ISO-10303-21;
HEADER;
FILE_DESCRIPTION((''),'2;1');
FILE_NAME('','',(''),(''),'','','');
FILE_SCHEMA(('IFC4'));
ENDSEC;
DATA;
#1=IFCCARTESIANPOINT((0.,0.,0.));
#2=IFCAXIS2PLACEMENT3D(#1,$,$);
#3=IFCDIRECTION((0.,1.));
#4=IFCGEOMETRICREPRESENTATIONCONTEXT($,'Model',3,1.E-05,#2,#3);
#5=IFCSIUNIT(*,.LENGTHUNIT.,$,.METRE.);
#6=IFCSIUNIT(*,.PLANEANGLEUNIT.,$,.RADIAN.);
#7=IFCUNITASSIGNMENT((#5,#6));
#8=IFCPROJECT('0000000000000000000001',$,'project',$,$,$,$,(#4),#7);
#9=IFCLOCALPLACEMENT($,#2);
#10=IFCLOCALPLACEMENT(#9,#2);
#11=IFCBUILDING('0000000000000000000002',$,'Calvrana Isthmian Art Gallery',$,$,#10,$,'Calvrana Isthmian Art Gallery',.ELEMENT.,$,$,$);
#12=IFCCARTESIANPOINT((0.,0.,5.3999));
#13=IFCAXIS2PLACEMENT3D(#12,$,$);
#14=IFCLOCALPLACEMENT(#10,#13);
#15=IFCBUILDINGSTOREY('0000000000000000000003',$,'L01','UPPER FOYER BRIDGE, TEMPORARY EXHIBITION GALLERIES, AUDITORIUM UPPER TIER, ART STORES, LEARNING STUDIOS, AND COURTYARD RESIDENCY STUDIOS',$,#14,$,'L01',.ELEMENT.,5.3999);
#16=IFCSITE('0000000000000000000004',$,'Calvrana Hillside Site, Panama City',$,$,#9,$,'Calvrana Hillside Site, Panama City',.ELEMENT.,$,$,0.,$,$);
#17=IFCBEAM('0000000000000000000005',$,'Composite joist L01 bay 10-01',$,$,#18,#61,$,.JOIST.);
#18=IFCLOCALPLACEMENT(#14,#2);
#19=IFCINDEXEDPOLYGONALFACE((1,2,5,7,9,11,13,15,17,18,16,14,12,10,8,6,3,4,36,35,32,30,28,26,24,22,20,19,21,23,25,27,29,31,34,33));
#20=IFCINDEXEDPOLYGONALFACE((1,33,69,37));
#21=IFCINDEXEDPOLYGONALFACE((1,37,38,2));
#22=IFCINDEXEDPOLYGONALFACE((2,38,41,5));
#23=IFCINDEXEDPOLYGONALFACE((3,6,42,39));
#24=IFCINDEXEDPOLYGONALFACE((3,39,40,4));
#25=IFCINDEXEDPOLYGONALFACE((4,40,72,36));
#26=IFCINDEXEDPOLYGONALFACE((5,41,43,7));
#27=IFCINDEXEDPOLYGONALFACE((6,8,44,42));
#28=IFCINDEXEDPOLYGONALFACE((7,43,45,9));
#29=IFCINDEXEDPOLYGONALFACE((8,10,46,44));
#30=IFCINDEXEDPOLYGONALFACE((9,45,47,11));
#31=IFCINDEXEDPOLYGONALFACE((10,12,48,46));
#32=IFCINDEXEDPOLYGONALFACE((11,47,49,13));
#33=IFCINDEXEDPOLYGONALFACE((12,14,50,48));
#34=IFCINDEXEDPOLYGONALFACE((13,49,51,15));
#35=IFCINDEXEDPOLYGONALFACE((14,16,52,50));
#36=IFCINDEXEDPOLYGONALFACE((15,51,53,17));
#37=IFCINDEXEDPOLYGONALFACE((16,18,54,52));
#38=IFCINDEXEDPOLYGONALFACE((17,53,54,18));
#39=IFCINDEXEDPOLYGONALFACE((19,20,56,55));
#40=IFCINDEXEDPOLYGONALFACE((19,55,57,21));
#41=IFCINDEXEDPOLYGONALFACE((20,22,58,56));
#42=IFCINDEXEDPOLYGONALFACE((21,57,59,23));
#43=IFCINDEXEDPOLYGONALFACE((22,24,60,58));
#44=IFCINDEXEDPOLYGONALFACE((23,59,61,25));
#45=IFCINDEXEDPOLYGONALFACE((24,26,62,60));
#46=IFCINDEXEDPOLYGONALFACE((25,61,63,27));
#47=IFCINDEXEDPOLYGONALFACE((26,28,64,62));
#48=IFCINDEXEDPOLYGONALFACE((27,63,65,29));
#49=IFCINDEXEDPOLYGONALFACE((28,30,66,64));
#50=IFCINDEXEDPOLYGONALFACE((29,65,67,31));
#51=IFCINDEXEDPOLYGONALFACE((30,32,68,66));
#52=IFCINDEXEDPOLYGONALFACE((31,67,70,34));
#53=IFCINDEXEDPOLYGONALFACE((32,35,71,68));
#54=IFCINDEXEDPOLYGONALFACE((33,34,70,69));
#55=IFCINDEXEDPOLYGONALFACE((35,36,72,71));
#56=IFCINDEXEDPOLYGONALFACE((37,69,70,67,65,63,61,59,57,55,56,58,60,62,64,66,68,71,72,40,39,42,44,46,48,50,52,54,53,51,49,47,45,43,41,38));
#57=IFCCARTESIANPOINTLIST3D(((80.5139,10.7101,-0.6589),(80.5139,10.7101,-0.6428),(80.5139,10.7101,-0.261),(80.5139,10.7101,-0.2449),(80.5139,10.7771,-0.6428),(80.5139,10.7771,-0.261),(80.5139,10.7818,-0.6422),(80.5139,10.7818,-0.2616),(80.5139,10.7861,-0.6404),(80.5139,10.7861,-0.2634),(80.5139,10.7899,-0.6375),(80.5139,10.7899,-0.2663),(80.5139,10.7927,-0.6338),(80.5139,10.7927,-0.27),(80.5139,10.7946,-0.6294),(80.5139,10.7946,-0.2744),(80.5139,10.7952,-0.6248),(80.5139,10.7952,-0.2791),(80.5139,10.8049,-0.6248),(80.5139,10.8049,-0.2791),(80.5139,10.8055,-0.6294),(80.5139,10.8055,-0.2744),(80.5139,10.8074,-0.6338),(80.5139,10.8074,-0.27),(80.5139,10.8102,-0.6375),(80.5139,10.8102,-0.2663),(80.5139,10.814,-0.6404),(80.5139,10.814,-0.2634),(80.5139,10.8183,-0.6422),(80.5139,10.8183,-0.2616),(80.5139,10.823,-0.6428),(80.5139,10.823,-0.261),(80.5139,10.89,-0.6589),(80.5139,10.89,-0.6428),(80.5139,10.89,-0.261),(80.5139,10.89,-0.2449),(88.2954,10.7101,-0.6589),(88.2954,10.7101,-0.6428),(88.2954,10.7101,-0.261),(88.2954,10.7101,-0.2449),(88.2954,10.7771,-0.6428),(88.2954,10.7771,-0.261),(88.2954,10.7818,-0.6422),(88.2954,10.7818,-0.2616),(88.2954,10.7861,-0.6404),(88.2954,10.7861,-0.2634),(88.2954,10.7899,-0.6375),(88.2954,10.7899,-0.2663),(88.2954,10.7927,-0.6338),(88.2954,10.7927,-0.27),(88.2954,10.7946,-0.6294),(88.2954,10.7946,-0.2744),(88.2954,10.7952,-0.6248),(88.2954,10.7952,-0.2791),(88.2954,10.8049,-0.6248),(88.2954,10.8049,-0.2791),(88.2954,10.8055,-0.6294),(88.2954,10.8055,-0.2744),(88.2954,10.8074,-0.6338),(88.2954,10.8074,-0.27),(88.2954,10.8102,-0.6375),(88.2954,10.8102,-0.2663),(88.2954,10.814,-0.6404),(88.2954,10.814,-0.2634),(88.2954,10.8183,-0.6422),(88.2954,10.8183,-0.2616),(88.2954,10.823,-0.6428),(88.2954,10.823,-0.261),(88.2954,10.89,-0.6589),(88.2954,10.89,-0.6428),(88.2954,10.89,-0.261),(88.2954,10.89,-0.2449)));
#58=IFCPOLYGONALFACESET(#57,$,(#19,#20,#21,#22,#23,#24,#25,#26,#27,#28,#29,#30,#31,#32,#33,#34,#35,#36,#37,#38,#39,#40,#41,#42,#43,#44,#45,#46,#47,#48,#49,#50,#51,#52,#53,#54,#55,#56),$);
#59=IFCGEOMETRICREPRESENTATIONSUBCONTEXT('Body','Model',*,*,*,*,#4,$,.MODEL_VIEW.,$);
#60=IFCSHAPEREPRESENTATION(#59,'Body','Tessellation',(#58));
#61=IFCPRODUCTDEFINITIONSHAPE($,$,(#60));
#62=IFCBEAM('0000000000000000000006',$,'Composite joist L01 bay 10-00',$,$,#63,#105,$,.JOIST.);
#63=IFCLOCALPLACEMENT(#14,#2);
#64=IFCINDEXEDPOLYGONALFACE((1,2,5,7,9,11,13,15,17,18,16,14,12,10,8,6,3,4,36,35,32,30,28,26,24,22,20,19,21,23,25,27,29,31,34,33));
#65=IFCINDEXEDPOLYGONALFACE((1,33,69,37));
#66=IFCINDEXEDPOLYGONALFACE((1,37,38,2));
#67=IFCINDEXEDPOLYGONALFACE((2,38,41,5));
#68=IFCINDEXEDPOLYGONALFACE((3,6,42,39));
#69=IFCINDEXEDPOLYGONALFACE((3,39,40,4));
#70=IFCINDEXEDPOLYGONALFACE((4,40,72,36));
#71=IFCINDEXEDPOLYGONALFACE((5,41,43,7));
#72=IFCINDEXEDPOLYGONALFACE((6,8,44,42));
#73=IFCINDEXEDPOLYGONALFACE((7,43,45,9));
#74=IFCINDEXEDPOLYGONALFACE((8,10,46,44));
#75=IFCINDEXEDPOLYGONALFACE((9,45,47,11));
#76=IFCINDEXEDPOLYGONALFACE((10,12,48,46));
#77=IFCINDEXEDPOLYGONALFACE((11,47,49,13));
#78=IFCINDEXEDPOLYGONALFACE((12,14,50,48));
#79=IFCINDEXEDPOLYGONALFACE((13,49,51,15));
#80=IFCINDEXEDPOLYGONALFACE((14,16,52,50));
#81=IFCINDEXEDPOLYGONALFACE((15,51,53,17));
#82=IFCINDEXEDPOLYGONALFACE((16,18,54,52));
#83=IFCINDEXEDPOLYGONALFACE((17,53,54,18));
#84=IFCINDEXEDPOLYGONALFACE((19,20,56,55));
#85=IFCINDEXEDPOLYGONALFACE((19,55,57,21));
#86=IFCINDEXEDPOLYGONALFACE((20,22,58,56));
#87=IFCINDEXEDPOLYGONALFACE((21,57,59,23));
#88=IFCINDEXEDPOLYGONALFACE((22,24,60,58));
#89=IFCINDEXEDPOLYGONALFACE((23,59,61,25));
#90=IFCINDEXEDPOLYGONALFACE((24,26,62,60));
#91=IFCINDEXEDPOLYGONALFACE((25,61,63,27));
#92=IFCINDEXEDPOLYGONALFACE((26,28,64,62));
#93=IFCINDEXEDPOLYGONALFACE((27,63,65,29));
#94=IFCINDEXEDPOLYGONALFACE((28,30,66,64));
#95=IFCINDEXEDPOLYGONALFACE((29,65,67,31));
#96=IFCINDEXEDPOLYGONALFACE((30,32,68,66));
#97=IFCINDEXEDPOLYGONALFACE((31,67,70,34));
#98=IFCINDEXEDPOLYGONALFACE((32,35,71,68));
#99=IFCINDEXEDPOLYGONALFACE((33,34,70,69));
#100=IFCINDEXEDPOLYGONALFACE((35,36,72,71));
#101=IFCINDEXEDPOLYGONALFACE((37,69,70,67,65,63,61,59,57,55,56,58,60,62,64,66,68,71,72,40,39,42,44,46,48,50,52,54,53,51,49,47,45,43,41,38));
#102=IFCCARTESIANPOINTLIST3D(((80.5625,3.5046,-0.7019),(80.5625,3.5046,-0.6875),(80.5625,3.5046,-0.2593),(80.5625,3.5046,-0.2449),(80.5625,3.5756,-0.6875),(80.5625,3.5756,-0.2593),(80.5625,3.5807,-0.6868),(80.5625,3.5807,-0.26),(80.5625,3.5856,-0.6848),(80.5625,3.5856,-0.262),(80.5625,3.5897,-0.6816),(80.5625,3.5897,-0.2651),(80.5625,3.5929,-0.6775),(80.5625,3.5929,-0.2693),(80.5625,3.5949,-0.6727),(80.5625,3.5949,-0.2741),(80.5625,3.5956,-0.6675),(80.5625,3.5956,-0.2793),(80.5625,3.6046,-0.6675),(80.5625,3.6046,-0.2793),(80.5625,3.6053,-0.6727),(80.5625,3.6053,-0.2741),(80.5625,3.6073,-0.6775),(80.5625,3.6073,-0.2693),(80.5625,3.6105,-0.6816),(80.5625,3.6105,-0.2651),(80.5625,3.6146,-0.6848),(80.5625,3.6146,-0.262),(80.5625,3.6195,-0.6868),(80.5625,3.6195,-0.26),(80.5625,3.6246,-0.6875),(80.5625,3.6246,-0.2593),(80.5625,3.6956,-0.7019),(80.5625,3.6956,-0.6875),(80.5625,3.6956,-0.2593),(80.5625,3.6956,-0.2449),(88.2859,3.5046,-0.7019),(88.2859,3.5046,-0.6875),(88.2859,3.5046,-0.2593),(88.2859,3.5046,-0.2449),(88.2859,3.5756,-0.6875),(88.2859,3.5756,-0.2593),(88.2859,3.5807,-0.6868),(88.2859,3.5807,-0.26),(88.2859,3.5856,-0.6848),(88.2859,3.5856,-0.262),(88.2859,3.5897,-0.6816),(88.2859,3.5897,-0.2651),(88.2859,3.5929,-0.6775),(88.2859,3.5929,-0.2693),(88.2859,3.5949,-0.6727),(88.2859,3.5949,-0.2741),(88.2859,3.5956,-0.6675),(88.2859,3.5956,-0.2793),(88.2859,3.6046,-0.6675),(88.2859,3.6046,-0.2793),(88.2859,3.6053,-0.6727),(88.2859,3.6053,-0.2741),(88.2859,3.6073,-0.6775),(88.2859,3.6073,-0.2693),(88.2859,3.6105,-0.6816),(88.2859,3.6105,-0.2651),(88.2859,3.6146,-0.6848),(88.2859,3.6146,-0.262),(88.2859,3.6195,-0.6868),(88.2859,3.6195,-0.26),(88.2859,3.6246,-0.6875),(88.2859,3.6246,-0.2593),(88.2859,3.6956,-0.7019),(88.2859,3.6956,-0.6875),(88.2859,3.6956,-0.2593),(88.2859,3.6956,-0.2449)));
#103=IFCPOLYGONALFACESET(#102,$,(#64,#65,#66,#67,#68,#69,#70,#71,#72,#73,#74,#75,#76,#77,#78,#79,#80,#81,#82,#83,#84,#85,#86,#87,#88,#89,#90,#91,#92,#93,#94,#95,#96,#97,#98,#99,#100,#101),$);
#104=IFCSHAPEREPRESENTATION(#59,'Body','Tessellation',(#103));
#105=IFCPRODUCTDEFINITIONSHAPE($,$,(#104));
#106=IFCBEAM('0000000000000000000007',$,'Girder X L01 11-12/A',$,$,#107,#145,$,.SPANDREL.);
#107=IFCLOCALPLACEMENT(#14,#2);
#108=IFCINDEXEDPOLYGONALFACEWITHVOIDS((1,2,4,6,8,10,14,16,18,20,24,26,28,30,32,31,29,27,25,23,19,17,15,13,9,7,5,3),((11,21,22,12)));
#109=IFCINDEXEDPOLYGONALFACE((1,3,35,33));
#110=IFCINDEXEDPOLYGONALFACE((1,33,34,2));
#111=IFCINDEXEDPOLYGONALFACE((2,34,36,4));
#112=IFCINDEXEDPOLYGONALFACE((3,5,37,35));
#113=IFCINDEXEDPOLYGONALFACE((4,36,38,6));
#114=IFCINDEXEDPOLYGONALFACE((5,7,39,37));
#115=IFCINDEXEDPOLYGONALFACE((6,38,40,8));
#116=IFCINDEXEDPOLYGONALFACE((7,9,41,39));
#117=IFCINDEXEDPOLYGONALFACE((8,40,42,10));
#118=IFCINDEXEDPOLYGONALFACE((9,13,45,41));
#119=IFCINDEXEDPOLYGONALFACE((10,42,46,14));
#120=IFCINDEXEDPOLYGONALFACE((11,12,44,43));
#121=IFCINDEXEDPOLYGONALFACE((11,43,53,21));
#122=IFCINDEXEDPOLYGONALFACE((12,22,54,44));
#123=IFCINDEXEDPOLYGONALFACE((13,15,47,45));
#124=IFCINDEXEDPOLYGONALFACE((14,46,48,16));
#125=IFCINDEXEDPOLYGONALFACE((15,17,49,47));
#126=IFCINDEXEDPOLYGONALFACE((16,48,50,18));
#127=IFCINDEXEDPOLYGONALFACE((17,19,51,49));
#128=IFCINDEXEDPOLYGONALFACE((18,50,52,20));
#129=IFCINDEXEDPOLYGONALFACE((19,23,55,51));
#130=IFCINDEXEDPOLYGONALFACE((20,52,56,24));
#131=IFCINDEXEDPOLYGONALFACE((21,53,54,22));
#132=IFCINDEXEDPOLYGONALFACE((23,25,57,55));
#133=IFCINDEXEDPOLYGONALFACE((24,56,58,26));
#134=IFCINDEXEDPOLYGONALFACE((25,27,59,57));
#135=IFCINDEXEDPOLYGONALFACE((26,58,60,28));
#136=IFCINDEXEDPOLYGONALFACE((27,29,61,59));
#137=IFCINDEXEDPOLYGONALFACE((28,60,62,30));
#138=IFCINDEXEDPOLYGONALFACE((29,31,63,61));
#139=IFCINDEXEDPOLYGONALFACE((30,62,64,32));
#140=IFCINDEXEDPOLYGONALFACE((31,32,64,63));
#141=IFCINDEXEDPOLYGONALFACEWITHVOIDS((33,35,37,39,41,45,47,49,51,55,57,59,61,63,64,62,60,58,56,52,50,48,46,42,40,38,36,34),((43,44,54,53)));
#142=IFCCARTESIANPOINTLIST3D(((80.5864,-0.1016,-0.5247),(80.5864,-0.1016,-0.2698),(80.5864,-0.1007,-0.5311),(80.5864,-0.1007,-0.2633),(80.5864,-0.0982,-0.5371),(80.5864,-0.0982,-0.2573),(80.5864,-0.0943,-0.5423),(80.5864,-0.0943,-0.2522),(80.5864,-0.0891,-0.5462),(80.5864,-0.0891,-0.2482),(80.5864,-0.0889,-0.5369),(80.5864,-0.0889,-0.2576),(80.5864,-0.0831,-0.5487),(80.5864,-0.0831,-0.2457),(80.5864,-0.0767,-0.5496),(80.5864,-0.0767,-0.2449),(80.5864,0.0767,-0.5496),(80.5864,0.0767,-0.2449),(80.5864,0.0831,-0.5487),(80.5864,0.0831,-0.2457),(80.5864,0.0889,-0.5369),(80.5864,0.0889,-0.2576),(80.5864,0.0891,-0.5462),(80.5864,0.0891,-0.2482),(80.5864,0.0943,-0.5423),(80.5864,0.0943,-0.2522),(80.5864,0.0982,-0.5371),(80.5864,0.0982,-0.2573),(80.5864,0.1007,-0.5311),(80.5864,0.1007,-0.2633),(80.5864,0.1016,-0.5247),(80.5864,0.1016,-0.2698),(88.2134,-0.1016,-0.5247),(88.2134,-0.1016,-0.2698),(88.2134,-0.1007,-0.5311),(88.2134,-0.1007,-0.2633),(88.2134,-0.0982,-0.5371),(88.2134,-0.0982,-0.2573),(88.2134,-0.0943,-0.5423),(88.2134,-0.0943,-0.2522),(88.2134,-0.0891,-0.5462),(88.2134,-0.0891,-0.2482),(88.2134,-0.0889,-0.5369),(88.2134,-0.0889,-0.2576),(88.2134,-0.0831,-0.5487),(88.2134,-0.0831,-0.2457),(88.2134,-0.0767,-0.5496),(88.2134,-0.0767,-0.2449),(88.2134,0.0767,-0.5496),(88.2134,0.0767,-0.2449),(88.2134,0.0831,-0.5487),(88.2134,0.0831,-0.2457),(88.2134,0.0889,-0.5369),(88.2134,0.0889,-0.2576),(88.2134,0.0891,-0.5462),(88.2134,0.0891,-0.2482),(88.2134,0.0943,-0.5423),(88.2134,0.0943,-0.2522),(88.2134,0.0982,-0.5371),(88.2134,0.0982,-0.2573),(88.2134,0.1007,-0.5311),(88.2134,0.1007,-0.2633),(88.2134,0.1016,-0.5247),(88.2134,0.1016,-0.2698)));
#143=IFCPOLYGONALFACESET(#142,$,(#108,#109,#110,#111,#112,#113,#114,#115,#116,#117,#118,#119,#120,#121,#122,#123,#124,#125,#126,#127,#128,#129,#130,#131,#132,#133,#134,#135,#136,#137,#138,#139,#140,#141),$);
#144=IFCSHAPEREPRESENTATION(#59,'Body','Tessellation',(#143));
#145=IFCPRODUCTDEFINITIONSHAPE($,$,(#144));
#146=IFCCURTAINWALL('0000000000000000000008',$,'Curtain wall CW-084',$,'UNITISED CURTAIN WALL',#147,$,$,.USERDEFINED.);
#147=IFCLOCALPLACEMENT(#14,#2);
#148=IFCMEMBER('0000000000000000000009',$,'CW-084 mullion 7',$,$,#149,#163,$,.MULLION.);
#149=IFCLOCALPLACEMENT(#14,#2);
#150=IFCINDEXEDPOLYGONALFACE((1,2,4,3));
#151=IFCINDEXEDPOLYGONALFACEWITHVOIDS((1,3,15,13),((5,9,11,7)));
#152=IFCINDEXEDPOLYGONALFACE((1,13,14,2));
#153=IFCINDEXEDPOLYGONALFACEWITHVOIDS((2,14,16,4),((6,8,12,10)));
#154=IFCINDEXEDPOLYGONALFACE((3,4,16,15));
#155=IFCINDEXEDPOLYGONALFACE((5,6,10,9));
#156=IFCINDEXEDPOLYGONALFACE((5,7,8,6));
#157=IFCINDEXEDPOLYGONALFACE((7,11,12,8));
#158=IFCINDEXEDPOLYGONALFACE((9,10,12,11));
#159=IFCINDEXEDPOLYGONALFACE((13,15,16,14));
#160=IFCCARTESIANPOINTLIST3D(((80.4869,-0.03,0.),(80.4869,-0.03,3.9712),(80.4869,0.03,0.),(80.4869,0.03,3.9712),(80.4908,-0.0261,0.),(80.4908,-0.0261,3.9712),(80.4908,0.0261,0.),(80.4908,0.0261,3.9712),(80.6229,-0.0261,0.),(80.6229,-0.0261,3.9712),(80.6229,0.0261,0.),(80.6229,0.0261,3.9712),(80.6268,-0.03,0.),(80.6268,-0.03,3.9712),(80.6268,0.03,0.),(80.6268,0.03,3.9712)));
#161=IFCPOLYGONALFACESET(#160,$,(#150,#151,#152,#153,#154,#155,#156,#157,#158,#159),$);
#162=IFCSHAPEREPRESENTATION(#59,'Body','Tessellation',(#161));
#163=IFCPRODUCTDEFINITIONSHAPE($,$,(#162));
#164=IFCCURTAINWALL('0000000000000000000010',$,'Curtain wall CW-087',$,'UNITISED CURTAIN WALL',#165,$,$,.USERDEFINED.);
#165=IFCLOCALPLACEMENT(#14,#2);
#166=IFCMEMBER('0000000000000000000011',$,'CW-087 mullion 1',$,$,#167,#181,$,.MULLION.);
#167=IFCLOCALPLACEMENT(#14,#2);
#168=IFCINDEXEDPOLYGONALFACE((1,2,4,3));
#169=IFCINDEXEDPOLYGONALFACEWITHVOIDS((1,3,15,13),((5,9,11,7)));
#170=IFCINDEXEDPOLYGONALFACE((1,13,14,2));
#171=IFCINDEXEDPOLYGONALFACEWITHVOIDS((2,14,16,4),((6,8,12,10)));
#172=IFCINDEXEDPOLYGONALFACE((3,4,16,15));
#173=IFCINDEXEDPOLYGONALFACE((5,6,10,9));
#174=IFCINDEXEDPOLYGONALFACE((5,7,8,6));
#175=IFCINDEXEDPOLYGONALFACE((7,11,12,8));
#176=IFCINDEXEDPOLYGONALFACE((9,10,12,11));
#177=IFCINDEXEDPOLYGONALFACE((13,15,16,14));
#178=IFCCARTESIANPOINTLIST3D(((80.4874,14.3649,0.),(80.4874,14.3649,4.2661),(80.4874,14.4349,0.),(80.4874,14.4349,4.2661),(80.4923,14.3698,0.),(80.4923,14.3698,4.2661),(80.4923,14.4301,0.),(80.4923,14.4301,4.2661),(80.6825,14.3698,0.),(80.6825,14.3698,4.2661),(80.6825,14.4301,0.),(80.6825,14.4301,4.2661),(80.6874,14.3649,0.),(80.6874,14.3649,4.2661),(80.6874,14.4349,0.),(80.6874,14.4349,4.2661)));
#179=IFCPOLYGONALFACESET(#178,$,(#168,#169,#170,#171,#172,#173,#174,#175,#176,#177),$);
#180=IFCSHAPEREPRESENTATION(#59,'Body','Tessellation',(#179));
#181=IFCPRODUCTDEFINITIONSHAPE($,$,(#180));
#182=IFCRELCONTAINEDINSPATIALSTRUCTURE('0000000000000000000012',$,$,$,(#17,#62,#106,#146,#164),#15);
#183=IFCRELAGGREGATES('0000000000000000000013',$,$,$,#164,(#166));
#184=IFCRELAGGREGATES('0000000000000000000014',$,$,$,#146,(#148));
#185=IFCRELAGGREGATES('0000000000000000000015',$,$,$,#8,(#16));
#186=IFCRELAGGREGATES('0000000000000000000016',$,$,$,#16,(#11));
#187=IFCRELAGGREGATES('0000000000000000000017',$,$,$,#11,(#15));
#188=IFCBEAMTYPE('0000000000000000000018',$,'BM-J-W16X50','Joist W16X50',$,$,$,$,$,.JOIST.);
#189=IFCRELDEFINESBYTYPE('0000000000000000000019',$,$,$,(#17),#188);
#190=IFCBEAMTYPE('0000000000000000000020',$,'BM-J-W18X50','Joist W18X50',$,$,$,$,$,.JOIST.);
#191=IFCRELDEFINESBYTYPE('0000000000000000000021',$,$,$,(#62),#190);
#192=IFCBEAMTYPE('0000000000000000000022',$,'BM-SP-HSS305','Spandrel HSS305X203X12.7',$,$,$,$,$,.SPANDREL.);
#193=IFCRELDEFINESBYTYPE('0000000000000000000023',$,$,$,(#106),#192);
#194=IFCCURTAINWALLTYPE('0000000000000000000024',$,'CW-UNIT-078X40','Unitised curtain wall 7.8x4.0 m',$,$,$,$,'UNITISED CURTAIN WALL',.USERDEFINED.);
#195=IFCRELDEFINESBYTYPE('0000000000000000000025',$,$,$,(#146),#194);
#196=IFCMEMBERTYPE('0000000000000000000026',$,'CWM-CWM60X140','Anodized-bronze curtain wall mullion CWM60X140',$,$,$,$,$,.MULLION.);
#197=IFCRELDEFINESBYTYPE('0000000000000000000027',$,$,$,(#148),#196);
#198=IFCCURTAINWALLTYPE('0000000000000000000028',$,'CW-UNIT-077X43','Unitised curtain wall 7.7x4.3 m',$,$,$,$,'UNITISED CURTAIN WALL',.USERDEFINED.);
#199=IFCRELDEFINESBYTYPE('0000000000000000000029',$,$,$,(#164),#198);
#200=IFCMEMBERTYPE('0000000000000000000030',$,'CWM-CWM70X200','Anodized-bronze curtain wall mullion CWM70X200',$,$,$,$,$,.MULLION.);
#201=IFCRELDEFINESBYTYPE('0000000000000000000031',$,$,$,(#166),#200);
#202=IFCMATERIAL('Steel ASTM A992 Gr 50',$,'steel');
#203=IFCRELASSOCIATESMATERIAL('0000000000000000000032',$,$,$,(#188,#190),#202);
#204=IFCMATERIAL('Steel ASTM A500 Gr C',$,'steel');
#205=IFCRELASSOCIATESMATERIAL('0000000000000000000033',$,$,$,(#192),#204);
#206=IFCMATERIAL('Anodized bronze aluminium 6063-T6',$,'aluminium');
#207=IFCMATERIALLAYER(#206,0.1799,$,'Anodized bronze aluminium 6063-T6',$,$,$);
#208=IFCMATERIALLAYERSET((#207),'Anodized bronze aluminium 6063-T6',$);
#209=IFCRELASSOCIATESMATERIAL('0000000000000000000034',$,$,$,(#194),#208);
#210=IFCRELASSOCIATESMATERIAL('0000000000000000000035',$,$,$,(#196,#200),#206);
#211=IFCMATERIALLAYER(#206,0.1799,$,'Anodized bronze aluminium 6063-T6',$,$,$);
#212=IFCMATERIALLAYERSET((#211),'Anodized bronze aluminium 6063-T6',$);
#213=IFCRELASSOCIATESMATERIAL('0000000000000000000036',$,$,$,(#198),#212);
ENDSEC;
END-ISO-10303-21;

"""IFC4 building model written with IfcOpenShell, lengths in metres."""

from ifc_helpers import new_model, si_unit, direction, frame, origin, origin_2d, place, context, subcontext, project, spatial, hollow_rectangle, i_section, extrude, material, layer, layer_set, material_profile, profile_set, type_object, element, aggregate, save


model = new_model("IFC4")

# Units and contexts
model_context = context("Model", 3, precision=1e-05, world=origin(), true_north=direction((0.0, 1.0)))
body_context = subcontext(model_context, "Body", "Model", "MODEL_VIEW")
ifc_project = project(units=[si_unit("LENGTHUNIT", "METRE"), si_unit("PLANEANGLEUNIT", "RADIAN")], contexts=[model_context])

# Site, building, storey
site_placement = place(None, origin())
site = spatial("IfcSite", under=ifc_project, at=site_placement, Name="Calvrana Hillside Site, Panama City", LongName="Calvrana Hillside Site, Panama City", CompositionType="ELEMENT", RefElevation=0.0)
building_placement = place(site_placement, origin())
building = spatial("IfcBuilding", under=site, at=building_placement, Name="Calvrana Isthmian Art Gallery", LongName="Calvrana Isthmian Art Gallery", CompositionType="ELEMENT")
storey_placement = place(building_placement, frame((0.0, 0.0, 5.3999)))
storey = spatial("IfcBuildingStorey", under=building, at=storey_placement, Name="L01", Description="UPPER FOYER BRIDGE, TEMPORARY EXHIBITION GALLERIES, AUDITORIUM UPPER TIER, ART STORES, LEARNING STUDIOS, AND COURTYARD RESIDENCY STUDIOS", LongName="L01", CompositionType="ELEMENT", Elevation=5.3999)

# Shared definitions
ifc_material_1 = material(Name="Steel ASTM A500 Gr C", Category="steel")

# Beams
ifc_material_2 = material(Name="Steel ASTM A992 Gr 50", Category="steel")
ifc_material_profile_1 = material_profile(ifc_material_2, i_section(OverallWidth=0.1799, OverallDepth=0.4141, WebThickness=0.0098, FlangeThickness=0.0161, FilletRadius=0.0181, at=origin_2d()), Name="W16X50")
ifc_profile_set_1 = profile_set([ifc_material_profile_1], Name="Steel ASTM A992 Gr 50")
beam_type_1 = type_object("IfcBeamType", Name="BM-J-W16X50", Description="Joist W16X50", PredefinedType="JOIST", material=ifc_profile_set_1)
beam_1_placement = place(storey_placement, frame((80.5139, 10.8, -0.4519), z_axis=(1.0, 0.0, 0.0), x_axis=(0.0, 1.0, 0.0)))
element("IfcBeam", 1, at=beam_1_placement, inside=storey, type_object=beam_type_1, Name="Composite joist L01 bay 10-01", PredefinedType="JOIST", context=body_context, shape_type="SweptSolid", body=[
    extrude(i_section(OverallWidth=0.1799, OverallDepth=0.4141, WebThickness=0.0098, FlangeThickness=0.0161, FilletRadius=0.0181, at=origin_2d()), origin(), (0.0, 0.0, 1.0), 7.7815),
])
ifc_material_profile_2 = material_profile(ifc_material_2, i_section(OverallWidth=0.1909, OverallDepth=0.457, WebThickness=0.009, FlangeThickness=0.0144, FilletRadius=0.02, at=origin_2d()), Name="W18X50")
ifc_profile_set_2 = profile_set([ifc_material_profile_2], Name="Steel ASTM A992 Gr 50")
beam_type_2 = type_object("IfcBeamType", Name="BM-J-W18X50", Description="Joist W18X50", PredefinedType="JOIST", material=ifc_profile_set_2)
beam_2_placement = place(storey_placement, frame((80.5625, 3.6001, -0.4734), z_axis=(1.0, 0.0, 0.0), x_axis=(0.0, 1.0, 0.0)))
element("IfcBeam", 2, at=beam_2_placement, inside=storey, type_object=beam_type_2, Name="Composite joist L01 bay 10-00", PredefinedType="JOIST", context=body_context, shape_type="SweptSolid", body=[
    extrude(i_section(OverallWidth=0.1909, OverallDepth=0.457, WebThickness=0.009, FlangeThickness=0.0144, FilletRadius=0.02, at=origin_2d()), origin(), (0.0, 0.0, 1.0), 7.7234),
])
ifc_material_profile_3 = material_profile(ifc_material_1, hollow_rectangle(XDim=0.2031, YDim=0.3047, WallThickness=0.0127, OuterFilletRadius=0.0249, at=origin_2d()), Name="HSS305X203X12.7")
ifc_profile_set_3 = profile_set([ifc_material_profile_3], Name="Steel ASTM A500 Gr C")
beam_type_3 = type_object("IfcBeamType", Name="BM-SP-HSS305", Description="Spandrel HSS305X203X12.7", PredefinedType="SPANDREL", material=ifc_profile_set_3)
beam_3_placement = place(storey_placement, frame((80.5864, 0.0, -0.3972), z_axis=(1.0, 0.0, 0.0), x_axis=(0.0, 1.0, 0.0)))
element("IfcBeam", 3, at=beam_3_placement, inside=storey, type_object=beam_type_3, Name="Girder X L01 11-12/A", PredefinedType="SPANDREL", context=body_context, shape_type="SweptSolid", body=[
    extrude(hollow_rectangle(XDim=0.2031, YDim=0.3047, WallThickness=0.0127, OuterFilletRadius=0.0249, at=origin_2d()), origin(), (0.0, 0.0, 1.0), 7.627),
])

# Curtain wall, member
ifc_material_3 = material(Name="Anodized bronze aluminium 6063-T6", Category="aluminium")
ifc_layer_1 = layer(ifc_material_3, 0.1799, Name="Anodized bronze aluminium 6063-T6")
ifc_layer_set_1 = layer_set([ifc_layer_1], Name="Anodized bronze aluminium 6063-T6")
curtain_wall_type_1 = type_object("IfcCurtainWallType", Name="CW-UNIT-078X40", Description="Unitised curtain wall 7.8x4.0 m", ElementType="UNITISED CURTAIN WALL", PredefinedType="USERDEFINED", material=ifc_layer_set_1)
curtain_wall_1_placement = place(storey_placement, origin())
curtain_wall_1 = element("IfcCurtainWall", 4, at=curtain_wall_1_placement, inside=storey, type_object=curtain_wall_type_1, Name="Curtain wall CW-084", ObjectType="UNITISED CURTAIN WALL", PredefinedType="USERDEFINED")
ifc_material_profile_4 = material_profile(ifc_material_3, hollow_rectangle(XDim=0.0601, YDim=0.1399, WallThickness=0.0039, at=origin_2d()), Name="CWM60X140")
ifc_profile_set_4 = profile_set([ifc_material_profile_4], Name="Anodized bronze aluminium 6063-T6")
member_type_1 = type_object("IfcMemberType", Name="CWM-CWM60X140", Description="Anodized-bronze curtain wall mullion CWM60X140", PredefinedType="MULLION", material=ifc_profile_set_4)
member_1_placement = place(storey_placement, frame((80.5569, 0.0, 0.0), z_axis=(0.0, 0.0, 1.0), x_axis=(0.0, -1.0, 0.0)))
member_1 = element("IfcMember", 5, at=member_1_placement, type_object=member_type_1, Name="CW-084 mullion 7", PredefinedType="MULLION", context=body_context, shape_type="SweptSolid", body=[
    extrude(hollow_rectangle(XDim=0.0601, YDim=0.1399, WallThickness=0.0039, at=origin_2d()), origin(), (0.0, 0.0, 1.0), 3.9712),
])

# Curtain wall, member
ifc_layer_2 = layer(ifc_material_3, 0.1799, Name="Anodized bronze aluminium 6063-T6")
ifc_layer_set_2 = layer_set([ifc_layer_2], Name="Anodized bronze aluminium 6063-T6")
curtain_wall_type_2 = type_object("IfcCurtainWallType", Name="CW-UNIT-077X43", Description="Unitised curtain wall 7.7x4.3 m", ElementType="UNITISED CURTAIN WALL", PredefinedType="USERDEFINED", material=ifc_layer_set_2)
curtain_wall_2_placement = place(storey_placement, origin())
curtain_wall_2 = element("IfcCurtainWall", 6, at=curtain_wall_2_placement, inside=storey, type_object=curtain_wall_type_2, Name="Curtain wall CW-087", ObjectType="UNITISED CURTAIN WALL", PredefinedType="USERDEFINED")
ifc_material_profile_5 = material_profile(ifc_material_3, hollow_rectangle(XDim=0.0701, YDim=0.2, WallThickness=0.0049, at=origin_2d()), Name="CWM70X200")
ifc_profile_set_5 = profile_set([ifc_material_profile_5], Name="Anodized bronze aluminium 6063-T6")
member_type_2 = type_object("IfcMemberType", Name="CWM-CWM70X200", Description="Anodized-bronze curtain wall mullion CWM70X200", PredefinedType="MULLION", material=ifc_profile_set_5)
member_2_placement = place(storey_placement, frame((80.5874, 14.3999, 0.0), z_axis=(0.0, 0.0, 1.0), x_axis=(0.0, 1.0, 0.0)))
member_2 = element("IfcMember", 7, at=member_2_placement, type_object=member_type_2, Name="CW-087 mullion 1", PredefinedType="MULLION", context=body_context, shape_type="SweptSolid", body=[
    extrude(hollow_rectangle(XDim=0.0701, YDim=0.2, WallThickness=0.0049, at=origin_2d()), origin(), (0.0, 0.0, 1.0), 4.2661),
])
aggregate(curtain_wall_2, [member_2])

aggregate(curtain_wall_1, [member_1])

save(model, "model.ifc")
